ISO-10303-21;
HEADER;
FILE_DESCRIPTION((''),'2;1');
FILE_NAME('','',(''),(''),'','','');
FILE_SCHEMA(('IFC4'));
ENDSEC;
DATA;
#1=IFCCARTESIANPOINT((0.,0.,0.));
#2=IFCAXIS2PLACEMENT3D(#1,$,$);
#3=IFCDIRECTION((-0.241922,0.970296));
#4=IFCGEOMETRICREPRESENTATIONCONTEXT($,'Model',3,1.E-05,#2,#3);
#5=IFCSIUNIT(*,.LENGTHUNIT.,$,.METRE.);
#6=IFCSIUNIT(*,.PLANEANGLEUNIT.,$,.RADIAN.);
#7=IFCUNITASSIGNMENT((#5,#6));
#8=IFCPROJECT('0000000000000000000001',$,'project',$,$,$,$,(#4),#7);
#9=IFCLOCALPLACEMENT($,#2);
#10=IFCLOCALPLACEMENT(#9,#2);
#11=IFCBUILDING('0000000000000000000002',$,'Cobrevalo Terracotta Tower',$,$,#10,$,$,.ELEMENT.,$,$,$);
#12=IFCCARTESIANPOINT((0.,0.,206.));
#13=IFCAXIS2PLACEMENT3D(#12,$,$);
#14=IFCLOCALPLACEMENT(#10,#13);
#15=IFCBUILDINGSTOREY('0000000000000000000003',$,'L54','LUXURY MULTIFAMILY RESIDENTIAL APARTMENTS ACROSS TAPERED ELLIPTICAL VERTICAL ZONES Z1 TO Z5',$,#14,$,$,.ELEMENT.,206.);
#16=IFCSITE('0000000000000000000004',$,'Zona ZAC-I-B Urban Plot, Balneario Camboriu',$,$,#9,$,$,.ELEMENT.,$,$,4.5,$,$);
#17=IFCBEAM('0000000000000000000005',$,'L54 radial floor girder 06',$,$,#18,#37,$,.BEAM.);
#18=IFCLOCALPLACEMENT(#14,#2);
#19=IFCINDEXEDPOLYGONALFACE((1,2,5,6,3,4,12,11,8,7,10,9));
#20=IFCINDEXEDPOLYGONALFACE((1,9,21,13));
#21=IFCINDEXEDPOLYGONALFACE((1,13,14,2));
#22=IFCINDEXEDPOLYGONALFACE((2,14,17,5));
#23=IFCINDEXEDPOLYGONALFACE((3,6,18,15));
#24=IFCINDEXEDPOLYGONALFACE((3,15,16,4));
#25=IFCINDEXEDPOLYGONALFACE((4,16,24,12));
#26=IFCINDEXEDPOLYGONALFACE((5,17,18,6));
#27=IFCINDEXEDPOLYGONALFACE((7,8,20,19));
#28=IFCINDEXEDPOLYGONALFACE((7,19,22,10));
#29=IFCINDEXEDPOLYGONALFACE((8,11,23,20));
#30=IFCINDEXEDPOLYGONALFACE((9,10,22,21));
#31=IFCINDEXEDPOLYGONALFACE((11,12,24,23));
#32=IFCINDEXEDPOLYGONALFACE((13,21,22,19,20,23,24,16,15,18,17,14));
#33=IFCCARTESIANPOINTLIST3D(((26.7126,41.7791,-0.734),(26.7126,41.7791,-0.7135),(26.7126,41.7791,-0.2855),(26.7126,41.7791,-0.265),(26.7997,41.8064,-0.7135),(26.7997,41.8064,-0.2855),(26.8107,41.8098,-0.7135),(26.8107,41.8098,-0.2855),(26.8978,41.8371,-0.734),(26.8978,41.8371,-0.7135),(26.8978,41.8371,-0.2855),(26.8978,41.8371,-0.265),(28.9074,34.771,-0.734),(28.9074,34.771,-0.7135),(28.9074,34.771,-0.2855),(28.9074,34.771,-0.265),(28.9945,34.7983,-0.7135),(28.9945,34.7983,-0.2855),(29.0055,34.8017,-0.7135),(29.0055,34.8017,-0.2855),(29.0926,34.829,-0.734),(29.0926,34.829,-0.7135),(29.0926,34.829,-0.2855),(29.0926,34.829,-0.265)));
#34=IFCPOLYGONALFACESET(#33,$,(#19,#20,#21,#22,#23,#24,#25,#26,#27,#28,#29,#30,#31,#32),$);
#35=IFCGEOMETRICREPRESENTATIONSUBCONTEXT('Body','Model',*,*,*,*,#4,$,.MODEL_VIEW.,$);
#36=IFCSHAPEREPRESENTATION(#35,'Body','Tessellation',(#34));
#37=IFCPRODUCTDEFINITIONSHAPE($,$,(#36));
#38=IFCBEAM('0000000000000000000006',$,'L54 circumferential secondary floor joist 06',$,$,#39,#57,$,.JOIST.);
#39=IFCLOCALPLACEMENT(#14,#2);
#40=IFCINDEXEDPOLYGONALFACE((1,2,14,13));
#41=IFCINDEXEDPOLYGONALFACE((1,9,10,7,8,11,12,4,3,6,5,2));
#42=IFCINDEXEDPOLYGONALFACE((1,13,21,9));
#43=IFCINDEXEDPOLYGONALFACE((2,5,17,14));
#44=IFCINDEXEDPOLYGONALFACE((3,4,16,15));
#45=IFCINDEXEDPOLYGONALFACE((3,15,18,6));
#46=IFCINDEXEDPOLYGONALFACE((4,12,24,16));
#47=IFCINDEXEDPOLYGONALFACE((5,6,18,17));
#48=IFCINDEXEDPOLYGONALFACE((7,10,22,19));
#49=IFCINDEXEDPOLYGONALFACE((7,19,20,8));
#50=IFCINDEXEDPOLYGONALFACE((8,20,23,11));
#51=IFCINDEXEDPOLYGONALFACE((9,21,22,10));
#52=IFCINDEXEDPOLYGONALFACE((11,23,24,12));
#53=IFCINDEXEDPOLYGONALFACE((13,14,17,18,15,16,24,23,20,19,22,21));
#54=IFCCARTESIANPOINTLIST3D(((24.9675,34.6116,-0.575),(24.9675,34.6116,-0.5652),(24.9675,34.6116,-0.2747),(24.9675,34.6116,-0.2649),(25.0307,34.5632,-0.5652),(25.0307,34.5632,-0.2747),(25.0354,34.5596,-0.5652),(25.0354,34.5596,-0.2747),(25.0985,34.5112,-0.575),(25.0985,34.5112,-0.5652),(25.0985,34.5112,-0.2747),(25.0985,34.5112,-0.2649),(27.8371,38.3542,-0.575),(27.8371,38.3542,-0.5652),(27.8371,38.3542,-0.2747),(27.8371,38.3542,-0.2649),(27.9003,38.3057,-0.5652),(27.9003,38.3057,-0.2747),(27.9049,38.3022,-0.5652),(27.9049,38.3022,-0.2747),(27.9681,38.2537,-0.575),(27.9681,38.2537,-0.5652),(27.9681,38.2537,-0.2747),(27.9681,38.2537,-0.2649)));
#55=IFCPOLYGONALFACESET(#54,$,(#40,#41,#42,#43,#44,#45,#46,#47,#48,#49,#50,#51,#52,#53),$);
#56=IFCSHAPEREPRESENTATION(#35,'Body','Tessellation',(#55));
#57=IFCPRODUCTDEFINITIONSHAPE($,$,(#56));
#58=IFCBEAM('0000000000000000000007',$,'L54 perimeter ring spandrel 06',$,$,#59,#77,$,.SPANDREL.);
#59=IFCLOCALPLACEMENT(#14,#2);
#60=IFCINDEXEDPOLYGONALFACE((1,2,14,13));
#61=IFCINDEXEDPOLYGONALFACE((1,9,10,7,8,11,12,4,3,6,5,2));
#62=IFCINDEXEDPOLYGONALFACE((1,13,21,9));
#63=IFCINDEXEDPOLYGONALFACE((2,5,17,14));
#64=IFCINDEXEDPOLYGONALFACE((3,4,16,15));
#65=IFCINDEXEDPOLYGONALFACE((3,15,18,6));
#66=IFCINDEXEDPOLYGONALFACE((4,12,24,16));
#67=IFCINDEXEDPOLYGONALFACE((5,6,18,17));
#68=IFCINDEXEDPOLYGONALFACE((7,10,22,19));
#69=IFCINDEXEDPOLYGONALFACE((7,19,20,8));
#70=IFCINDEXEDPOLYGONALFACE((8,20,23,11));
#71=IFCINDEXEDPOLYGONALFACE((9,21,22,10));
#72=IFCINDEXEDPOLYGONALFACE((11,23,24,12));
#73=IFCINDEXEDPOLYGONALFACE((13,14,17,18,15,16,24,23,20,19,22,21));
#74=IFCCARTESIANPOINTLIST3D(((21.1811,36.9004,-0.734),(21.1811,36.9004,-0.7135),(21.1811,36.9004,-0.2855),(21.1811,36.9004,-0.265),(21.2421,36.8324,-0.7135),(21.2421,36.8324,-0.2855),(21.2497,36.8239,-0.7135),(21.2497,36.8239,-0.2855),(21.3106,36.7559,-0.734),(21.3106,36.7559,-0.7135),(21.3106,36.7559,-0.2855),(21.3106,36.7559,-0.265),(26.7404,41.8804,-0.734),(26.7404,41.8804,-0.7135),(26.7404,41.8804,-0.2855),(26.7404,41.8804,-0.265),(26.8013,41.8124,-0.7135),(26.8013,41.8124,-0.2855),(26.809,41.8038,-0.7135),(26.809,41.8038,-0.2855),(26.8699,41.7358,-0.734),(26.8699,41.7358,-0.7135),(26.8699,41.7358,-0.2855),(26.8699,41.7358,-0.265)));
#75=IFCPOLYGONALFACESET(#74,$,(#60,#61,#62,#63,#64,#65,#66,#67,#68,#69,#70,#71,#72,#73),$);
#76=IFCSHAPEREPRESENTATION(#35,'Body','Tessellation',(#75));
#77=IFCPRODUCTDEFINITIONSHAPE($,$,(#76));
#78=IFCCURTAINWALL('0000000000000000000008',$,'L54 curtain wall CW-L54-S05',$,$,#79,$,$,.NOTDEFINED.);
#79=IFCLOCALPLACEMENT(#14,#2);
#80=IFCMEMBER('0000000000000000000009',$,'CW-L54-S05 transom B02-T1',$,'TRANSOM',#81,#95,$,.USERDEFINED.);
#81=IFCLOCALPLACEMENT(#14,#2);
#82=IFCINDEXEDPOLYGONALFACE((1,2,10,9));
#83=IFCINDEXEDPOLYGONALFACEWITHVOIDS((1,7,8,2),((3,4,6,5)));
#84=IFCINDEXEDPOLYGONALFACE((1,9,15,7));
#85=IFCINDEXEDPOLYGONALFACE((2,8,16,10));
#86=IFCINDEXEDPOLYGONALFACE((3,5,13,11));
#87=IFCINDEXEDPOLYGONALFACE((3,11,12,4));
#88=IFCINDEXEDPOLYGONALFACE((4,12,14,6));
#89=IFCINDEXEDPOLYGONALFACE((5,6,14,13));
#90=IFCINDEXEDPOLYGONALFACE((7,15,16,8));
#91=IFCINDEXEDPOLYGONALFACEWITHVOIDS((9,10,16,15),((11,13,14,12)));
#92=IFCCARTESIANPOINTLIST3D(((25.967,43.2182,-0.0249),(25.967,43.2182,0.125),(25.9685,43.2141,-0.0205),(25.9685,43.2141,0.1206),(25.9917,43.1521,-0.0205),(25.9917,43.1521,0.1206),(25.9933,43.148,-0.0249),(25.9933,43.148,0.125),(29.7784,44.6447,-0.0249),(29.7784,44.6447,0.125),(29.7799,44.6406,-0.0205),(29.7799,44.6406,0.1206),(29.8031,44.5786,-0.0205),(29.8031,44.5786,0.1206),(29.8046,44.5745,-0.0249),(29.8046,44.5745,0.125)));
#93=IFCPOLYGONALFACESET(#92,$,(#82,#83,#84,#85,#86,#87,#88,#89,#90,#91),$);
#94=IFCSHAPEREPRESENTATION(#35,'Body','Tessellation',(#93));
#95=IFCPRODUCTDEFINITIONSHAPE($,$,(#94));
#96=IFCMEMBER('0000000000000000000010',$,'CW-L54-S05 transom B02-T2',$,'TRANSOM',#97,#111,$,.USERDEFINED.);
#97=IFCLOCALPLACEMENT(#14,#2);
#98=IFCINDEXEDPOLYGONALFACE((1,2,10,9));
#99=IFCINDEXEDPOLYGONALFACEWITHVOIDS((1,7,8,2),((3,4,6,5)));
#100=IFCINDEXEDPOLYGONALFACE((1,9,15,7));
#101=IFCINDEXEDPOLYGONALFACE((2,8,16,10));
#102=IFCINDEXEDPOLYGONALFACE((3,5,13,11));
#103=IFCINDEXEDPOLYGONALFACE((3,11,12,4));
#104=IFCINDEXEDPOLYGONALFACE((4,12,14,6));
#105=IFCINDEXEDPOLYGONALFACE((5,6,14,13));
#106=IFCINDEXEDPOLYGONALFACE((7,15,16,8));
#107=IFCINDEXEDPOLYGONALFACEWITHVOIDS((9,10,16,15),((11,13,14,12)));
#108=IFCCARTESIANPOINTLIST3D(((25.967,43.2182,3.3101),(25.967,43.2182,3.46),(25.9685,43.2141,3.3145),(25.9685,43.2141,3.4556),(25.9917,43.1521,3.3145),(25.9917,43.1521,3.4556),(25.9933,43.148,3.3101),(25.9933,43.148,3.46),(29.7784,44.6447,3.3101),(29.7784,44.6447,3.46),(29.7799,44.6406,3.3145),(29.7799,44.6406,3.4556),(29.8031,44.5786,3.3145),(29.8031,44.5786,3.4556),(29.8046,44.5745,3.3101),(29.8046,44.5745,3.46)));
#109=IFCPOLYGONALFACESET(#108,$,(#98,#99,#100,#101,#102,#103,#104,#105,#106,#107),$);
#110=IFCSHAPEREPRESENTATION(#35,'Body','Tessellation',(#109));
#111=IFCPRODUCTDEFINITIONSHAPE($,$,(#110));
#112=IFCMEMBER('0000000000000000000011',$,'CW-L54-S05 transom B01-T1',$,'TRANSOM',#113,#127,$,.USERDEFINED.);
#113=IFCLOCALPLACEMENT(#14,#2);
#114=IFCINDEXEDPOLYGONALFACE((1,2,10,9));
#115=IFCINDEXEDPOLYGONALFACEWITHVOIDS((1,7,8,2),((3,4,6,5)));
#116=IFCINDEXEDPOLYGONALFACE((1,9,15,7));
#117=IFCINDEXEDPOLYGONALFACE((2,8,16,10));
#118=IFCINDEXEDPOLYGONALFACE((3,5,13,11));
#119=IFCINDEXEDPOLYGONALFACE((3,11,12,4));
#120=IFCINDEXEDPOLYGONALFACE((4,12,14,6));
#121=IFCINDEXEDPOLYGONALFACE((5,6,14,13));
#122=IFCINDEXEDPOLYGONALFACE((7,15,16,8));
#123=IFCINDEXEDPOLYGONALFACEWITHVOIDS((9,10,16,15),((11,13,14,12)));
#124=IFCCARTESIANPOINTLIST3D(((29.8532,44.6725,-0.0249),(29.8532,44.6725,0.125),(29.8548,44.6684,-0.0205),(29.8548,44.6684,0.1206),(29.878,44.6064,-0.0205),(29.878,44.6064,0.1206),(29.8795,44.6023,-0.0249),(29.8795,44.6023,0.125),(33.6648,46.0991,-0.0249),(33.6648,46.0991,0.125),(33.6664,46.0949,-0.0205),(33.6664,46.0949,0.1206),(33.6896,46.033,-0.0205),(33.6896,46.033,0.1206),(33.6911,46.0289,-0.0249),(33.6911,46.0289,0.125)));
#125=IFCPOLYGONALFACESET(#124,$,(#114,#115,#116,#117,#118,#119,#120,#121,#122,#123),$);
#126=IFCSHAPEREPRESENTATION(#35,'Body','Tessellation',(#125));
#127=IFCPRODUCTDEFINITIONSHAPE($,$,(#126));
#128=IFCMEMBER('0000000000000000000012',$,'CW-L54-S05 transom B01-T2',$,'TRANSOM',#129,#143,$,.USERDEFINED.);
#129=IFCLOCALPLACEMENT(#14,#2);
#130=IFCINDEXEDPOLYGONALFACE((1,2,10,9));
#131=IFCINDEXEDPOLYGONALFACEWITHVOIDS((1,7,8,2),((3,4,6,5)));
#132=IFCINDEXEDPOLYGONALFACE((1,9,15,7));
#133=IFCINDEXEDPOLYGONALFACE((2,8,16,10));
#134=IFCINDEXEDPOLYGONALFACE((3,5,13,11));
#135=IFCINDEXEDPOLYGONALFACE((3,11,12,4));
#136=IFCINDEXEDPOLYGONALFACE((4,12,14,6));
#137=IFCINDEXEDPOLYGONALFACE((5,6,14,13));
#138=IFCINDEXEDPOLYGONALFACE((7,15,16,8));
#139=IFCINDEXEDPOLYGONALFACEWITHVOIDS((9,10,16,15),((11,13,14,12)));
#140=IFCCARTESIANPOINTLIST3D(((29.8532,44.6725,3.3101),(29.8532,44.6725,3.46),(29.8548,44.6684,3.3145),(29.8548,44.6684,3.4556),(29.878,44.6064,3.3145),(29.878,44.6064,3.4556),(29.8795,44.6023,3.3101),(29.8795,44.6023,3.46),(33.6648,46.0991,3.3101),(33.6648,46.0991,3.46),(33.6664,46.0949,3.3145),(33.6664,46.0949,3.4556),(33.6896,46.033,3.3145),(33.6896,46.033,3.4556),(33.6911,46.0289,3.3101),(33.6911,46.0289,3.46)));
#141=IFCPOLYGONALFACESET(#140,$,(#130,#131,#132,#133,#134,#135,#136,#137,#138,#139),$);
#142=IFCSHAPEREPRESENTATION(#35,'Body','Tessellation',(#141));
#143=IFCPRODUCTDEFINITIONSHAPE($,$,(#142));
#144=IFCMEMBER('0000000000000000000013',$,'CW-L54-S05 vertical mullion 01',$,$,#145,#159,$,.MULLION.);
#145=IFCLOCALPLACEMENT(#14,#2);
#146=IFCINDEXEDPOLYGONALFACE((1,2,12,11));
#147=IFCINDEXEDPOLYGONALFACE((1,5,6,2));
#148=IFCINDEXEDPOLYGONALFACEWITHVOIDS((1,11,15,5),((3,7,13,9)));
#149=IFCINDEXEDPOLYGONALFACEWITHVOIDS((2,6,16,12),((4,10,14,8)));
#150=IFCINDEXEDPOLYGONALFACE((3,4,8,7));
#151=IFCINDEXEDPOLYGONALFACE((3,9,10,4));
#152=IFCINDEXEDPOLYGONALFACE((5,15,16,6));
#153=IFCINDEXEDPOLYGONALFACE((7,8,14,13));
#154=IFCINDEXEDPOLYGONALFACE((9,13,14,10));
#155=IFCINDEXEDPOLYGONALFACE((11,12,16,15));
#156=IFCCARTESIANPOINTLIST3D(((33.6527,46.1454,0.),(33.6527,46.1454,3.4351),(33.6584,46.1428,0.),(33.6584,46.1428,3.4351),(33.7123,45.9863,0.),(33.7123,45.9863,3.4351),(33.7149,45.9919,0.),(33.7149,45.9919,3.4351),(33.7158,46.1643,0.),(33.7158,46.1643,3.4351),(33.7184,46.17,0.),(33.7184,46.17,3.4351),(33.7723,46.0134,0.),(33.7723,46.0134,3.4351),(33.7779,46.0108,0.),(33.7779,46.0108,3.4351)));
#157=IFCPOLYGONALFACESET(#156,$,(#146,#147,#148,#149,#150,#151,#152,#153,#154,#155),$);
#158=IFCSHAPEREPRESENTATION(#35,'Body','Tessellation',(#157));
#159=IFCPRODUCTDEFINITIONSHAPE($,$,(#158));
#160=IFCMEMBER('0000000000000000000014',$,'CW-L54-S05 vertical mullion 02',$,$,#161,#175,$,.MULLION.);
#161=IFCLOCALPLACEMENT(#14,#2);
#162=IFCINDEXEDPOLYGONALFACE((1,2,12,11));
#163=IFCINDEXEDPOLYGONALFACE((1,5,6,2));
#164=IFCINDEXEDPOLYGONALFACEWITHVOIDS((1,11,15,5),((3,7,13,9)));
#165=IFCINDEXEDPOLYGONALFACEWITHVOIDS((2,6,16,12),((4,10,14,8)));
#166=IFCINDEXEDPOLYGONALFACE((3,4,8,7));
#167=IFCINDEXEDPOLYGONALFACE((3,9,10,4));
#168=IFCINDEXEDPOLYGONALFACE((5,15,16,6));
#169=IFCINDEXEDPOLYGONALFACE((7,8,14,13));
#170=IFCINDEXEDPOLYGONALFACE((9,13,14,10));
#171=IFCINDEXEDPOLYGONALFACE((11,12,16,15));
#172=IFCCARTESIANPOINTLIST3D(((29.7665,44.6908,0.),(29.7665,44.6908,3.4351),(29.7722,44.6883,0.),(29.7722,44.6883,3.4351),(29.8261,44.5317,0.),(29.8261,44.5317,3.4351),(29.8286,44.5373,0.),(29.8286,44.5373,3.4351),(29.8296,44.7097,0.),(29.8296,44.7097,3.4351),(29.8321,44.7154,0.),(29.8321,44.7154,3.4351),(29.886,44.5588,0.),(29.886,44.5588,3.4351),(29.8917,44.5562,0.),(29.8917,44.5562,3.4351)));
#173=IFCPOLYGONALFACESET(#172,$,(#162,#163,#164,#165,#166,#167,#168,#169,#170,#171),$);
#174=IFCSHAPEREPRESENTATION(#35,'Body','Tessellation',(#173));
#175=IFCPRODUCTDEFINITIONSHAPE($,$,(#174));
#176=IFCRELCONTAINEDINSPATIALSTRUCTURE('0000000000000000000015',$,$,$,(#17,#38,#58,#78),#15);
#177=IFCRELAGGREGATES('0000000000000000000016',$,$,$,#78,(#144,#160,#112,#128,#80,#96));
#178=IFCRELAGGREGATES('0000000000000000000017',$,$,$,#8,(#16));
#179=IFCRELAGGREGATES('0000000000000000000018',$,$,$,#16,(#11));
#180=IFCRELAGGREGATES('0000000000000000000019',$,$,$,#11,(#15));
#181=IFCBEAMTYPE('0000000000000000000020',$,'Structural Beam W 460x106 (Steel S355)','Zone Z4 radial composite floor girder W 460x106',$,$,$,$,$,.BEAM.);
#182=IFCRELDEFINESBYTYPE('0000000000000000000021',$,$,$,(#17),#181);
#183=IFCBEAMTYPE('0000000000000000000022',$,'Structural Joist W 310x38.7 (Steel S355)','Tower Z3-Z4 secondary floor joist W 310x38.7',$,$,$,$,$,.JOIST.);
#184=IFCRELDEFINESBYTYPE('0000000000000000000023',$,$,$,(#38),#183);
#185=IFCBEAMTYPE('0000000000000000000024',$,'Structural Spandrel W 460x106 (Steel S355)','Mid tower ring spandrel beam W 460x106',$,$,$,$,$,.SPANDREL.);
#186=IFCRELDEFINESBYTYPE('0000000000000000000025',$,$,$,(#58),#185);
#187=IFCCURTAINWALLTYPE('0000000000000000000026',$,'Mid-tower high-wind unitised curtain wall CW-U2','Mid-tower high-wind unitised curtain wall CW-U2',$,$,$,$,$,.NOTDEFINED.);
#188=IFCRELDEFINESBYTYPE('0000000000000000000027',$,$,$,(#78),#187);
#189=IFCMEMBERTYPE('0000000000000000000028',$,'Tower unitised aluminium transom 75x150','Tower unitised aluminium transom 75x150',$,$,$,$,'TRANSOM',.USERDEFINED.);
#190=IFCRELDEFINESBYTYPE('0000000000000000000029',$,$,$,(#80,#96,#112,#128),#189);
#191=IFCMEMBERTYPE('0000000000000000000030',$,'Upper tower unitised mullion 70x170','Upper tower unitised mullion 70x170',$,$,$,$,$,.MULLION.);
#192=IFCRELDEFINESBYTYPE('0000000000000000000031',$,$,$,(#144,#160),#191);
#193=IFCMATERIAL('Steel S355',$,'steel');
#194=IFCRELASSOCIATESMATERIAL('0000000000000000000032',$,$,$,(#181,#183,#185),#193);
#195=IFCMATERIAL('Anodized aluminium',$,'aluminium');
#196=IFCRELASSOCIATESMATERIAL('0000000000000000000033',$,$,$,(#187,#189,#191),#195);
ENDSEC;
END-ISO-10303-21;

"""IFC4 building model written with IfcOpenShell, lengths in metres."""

from ifc_helpers import new_model, si_unit, direction, frame, origin, origin_2d, place, context, subcontext, project, spatial, hollow_rectangle, i_section, extrude, source, transform, mapped, material, material_profile, profile_set, type_object, element, aggregate, save


model = new_model("IFC4")

# Units and contexts
model_context = context("Model", 3, precision=1e-05, world=origin(), true_north=direction((-0.241922, 0.970296)))
body_context = subcontext(model_context, "Body", "Model", "MODEL_VIEW")
ifc_project = project(units=[si_unit("LENGTHUNIT", "METRE"), si_unit("PLANEANGLEUNIT", "RADIAN")], contexts=[model_context])

# Site, building, storey
site_placement = place(None, origin())
site = spatial("IfcSite", under=ifc_project, at=site_placement, Name="Zona ZAC-I-B Urban Plot, Balneario Camboriu", CompositionType="ELEMENT", RefElevation=4.5)
building_placement = place(site_placement, origin())
building = spatial("IfcBuilding", under=site, at=building_placement, Name="Cobrevalo Terracotta Tower", CompositionType="ELEMENT")
storey_placement = place(building_placement, frame((0.0, 0.0, 206.0)))
storey = spatial("IfcBuildingStorey", under=building, at=storey_placement, Name="L54", Description="LUXURY MULTIFAMILY RESIDENTIAL APARTMENTS ACROSS TAPERED ELLIPTICAL VERTICAL ZONES Z1 TO Z5", CompositionType="ELEMENT", Elevation=206.0)

# Shared definitions
ifc_material_1 = material(Name="Steel S355", Category="steel")

# Beams
ifc_material_profile_1 = material_profile(ifc_material_1, i_section(OverallWidth=0.1941, OverallDepth=0.469, WebThickness=0.0115, FlangeThickness=0.0205, at=origin_2d()), Name="W 460x106")
ifc_profile_set_1 = profile_set([ifc_material_profile_1], Name="Steel S355")
beam_type_1 = type_object("IfcBeamType", Name="Structural Beam W 460x106 (Steel S355)", Description="Zone Z4 radial composite floor girder W 460x106", PredefinedType="BEAM", material=ifc_profile_set_1)
beam_1_placement = place(storey_placement, frame((26.8052, 41.8081, -0.4995), z_axis=(0.298871, -0.954293, 0.0), x_axis=(0.954293, 0.298871, 0.0)))
element("IfcBeam", 1, at=beam_1_placement, inside=storey, type_object=beam_type_1, Name="L54 radial floor girder 06", PredefinedType="BEAM", context=body_context, shape_type="SweptSolid", body=[
    extrude(i_section(OverallWidth=0.1941, OverallDepth=0.469, WebThickness=0.0115, FlangeThickness=0.0205, at=origin_2d()), origin(), (0.0, 0.0, 1.0), 7.3438),
])
ifc_material_profile_2 = material_profile(ifc_material_1, i_section(OverallWidth=0.165, OverallDepth=0.3101, WebThickness=0.0059, FlangeThickness=0.0098, at=origin_2d()), Name="W 310x38.7")
ifc_profile_set_2 = profile_set([ifc_material_profile_2], Name="Steel S355")
beam_type_2 = type_object("IfcBeamType", Name="Structural Joist W 310x38.7 (Steel S355)", Description="Tower Z3-Z4 secondary floor joist W 310x38.7", PredefinedType="JOIST", material=ifc_profile_set_2)
beam_2_placement = place(storey_placement, frame((27.9026, 38.304, -0.4199), z_axis=(-0.608464, -0.793581, 0.0), x_axis=(0.793581, -0.608464, 0.0)))
element("IfcBeam", 2, at=beam_2_placement, inside=storey, type_object=beam_type_2, Name="L54 circumferential secondary floor joist 06", PredefinedType="JOIST", context=body_context, shape_type="SweptSolid", body=[
    extrude(i_section(OverallWidth=0.165, OverallDepth=0.3101, WebThickness=0.0059, FlangeThickness=0.0098, at=origin_2d()), origin(), (0.0, 0.0, 1.0), 4.7161),
])
ifc_material_profile_3 = material_profile(ifc_material_1, i_section(OverallWidth=0.1941, OverallDepth=0.469, WebThickness=0.0115, FlangeThickness=0.0205, at=origin_2d()), Name="W 460x106")
ifc_profile_set_3 = profile_set([ifc_material_profile_3], Name="Steel S355")
beam_type_3 = type_object("IfcBeamType", Name="Structural Spandrel W 460x106 (Steel S355)", Description="Mid tower ring spandrel beam W 460x106", PredefinedType="SPANDREL", material=ifc_profile_set_3)
beam_3_placement = place(storey_placement, frame((26.8052, 41.8081, -0.4995), z_axis=(-0.744852, -0.66723, 0.0), x_axis=(0.66723, -0.744852, 0.0)))
element("IfcBeam", 3, at=beam_3_placement, inside=storey, type_object=beam_type_3, Name="L54 perimeter ring spandrel 06", PredefinedType="SPANDREL", context=body_context, shape_type="SweptSolid", body=[
    extrude(i_section(OverallWidth=0.1941, OverallDepth=0.469, WebThickness=0.0115, FlangeThickness=0.0205, at=origin_2d()), origin(), (0.0, 0.0, 1.0), 7.4636),
])

# Curtain wall, members
ifc_material_2 = material(Name="Anodized aluminium", Category="aluminium")
curtain_wall_type = type_object("IfcCurtainWallType", Name="Mid-tower high-wind unitised curtain wall CW-U2", Description="Mid-tower high-wind unitised curtain wall CW-U2", PredefinedType="NOTDEFINED", material=ifc_material_2)
curtain_wall_placement = place(storey_placement, origin())
curtain_wall = element("IfcCurtainWall", 4, at=curtain_wall_placement, inside=storey, type_object=curtain_wall_type, Name="L54 curtain wall CW-L54-S05", PredefinedType="NOTDEFINED")
ifc_material_profile_4 = material_profile(ifc_material_2, hollow_rectangle(XDim=0.075, YDim=0.1499, WallThickness=0.0044, at=origin_2d()), Name="CWT 75x150")
ifc_profile_set_4 = profile_set([ifc_material_profile_4], Name="Anodized aluminium")
member_type_1 = type_object("IfcMemberType", Name="Tower unitised aluminium transom 75x150", Description="Tower unitised aluminium transom 75x150", ElementType="TRANSOM", PredefinedType="USERDEFINED", material=ifc_profile_set_4)
shared_shape_1 = source(origin(), body_context, "Body", "SweptSolid", [
    extrude(hollow_rectangle(XDim=0.075, YDim=0.1499, WallThickness=0.0044, at=origin_2d()), origin(), (0.0, 0.0, 1.0), 4.0696),
])
member_1_placement = place(storey_placement, frame((29.7915, 44.6096, 0.05), z_axis=(-0.936548, -0.350538, 0.0), x_axis=(0.350538, -0.936548, 0.0)))
member_1 = element("IfcMember", 5, at=member_1_placement, type_object=member_type_1, Name="CW-L54-S05 transom B02-T1", ObjectType="TRANSOM", PredefinedType="USERDEFINED", context=body_context, shape_type="MappedRepresentation", body=[
    mapped(shared_shape_1, transform((0.0, 0.0, 0.0), scale=1.0)),
])
member_2_placement = place(storey_placement, frame((29.7915, 44.6096, 3.385), z_axis=(-0.936548, -0.350538, 0.0), x_axis=(0.350538, -0.936548, 0.0)))
member_2 = element("IfcMember", 6, at=member_2_placement, type_object=member_type_1, Name="CW-L54-S05 transom B02-T2", ObjectType="TRANSOM", PredefinedType="USERDEFINED", context=body_context, shape_type="MappedRepresentation", body=[
    mapped(shared_shape_1, transform((0.0, 0.0, 0.0), scale=1.0)),
])
shared_shape_2 = source(origin(), body_context, "Body", "SweptSolid", [
    extrude(hollow_rectangle(XDim=0.075, YDim=0.1499, WallThickness=0.0044, at=origin_2d()), origin(), (0.0, 0.0, 1.0), 4.0698),
])
member_3_placement = place(storey_placement, frame((33.678, 46.064, 0.05), z_axis=(-0.936556, -0.350519, 0.0), x_axis=(0.350519, -0.936556, 0.0)))
member_3 = element("IfcMember", 7, at=member_3_placement, type_object=member_type_1, Name="CW-L54-S05 transom B01-T1", ObjectType="TRANSOM", PredefinedType="USERDEFINED", context=body_context, shape_type="MappedRepresentation", body=[
    mapped(shared_shape_2, transform((0.0, 0.0, 0.0), scale=1.0)),
])
member_4_placement = place(storey_placement, frame((33.678, 46.064, 3.385), z_axis=(-0.936556, -0.350519, 0.0), x_axis=(0.350519, -0.936556, 0.0)))
member_4 = element("IfcMember", 8, at=member_4_placement, type_object=member_type_1, Name="CW-L54-S05 transom B01-T2", ObjectType="TRANSOM", PredefinedType="USERDEFINED", context=body_context, shape_type="MappedRepresentation", body=[
    mapped(shared_shape_2, transform((0.0, 0.0, 0.0), scale=1.0)),
])
ifc_material_profile_5 = material_profile(ifc_material_2, hollow_rectangle(XDim=0.0701, YDim=0.1699, WallThickness=0.0044, at=origin_2d()), Name="CWM 70x170")
ifc_profile_set_5 = profile_set([ifc_material_profile_5], Name="Anodized aluminium")
member_type_2 = type_object("IfcMemberType", Name="Upper tower unitised mullion 70x170", Description="Upper tower unitised mullion 70x170", PredefinedType="MULLION", material=ifc_profile_set_5)
shared_shape_3 = source(origin(), body_context, "Body", "SweptSolid", [
    extrude(hollow_rectangle(XDim=0.0701, YDim=0.1699, WallThickness=0.0044, at=origin_2d()), origin(), (0.0, 0.0, 1.0), 3.4351),
])
member_5_placement = place(storey_placement, frame((33.7153, 46.0781, 0.0), z_axis=(0.0, 0.0, 1.0), x_axis=(-0.936556, -0.350518, 0.0)))
member_5 = element("IfcMember", 9, at=member_5_placement, type_object=member_type_2, Name="CW-L54-S05 vertical mullion 01", PredefinedType="MULLION", context=body_context, shape_type="MappedRepresentation", body=[
    mapped(shared_shape_3, transform((0.0, 0.0, 0.0), scale=1.0)),
])
member_6_placement = place(storey_placement, frame((29.8291, 44.6235, 0.0), z_axis=(0.0, 0.0, 1.0), x_axis=(-0.936556, -0.350518, 0.0)))
member_6 = element("IfcMember", 10, at=member_6_placement, type_object=member_type_2, Name="CW-L54-S05 vertical mullion 02", PredefinedType="MULLION", context=body_context, shape_type="MappedRepresentation", body=[
    mapped(shared_shape_3, transform((0.0, 0.0, 0.0), scale=1.0)),
])
aggregate(curtain_wall, [member_5, member_6, member_3, member_4, member_1, member_2])

save(model, "model.ifc")
